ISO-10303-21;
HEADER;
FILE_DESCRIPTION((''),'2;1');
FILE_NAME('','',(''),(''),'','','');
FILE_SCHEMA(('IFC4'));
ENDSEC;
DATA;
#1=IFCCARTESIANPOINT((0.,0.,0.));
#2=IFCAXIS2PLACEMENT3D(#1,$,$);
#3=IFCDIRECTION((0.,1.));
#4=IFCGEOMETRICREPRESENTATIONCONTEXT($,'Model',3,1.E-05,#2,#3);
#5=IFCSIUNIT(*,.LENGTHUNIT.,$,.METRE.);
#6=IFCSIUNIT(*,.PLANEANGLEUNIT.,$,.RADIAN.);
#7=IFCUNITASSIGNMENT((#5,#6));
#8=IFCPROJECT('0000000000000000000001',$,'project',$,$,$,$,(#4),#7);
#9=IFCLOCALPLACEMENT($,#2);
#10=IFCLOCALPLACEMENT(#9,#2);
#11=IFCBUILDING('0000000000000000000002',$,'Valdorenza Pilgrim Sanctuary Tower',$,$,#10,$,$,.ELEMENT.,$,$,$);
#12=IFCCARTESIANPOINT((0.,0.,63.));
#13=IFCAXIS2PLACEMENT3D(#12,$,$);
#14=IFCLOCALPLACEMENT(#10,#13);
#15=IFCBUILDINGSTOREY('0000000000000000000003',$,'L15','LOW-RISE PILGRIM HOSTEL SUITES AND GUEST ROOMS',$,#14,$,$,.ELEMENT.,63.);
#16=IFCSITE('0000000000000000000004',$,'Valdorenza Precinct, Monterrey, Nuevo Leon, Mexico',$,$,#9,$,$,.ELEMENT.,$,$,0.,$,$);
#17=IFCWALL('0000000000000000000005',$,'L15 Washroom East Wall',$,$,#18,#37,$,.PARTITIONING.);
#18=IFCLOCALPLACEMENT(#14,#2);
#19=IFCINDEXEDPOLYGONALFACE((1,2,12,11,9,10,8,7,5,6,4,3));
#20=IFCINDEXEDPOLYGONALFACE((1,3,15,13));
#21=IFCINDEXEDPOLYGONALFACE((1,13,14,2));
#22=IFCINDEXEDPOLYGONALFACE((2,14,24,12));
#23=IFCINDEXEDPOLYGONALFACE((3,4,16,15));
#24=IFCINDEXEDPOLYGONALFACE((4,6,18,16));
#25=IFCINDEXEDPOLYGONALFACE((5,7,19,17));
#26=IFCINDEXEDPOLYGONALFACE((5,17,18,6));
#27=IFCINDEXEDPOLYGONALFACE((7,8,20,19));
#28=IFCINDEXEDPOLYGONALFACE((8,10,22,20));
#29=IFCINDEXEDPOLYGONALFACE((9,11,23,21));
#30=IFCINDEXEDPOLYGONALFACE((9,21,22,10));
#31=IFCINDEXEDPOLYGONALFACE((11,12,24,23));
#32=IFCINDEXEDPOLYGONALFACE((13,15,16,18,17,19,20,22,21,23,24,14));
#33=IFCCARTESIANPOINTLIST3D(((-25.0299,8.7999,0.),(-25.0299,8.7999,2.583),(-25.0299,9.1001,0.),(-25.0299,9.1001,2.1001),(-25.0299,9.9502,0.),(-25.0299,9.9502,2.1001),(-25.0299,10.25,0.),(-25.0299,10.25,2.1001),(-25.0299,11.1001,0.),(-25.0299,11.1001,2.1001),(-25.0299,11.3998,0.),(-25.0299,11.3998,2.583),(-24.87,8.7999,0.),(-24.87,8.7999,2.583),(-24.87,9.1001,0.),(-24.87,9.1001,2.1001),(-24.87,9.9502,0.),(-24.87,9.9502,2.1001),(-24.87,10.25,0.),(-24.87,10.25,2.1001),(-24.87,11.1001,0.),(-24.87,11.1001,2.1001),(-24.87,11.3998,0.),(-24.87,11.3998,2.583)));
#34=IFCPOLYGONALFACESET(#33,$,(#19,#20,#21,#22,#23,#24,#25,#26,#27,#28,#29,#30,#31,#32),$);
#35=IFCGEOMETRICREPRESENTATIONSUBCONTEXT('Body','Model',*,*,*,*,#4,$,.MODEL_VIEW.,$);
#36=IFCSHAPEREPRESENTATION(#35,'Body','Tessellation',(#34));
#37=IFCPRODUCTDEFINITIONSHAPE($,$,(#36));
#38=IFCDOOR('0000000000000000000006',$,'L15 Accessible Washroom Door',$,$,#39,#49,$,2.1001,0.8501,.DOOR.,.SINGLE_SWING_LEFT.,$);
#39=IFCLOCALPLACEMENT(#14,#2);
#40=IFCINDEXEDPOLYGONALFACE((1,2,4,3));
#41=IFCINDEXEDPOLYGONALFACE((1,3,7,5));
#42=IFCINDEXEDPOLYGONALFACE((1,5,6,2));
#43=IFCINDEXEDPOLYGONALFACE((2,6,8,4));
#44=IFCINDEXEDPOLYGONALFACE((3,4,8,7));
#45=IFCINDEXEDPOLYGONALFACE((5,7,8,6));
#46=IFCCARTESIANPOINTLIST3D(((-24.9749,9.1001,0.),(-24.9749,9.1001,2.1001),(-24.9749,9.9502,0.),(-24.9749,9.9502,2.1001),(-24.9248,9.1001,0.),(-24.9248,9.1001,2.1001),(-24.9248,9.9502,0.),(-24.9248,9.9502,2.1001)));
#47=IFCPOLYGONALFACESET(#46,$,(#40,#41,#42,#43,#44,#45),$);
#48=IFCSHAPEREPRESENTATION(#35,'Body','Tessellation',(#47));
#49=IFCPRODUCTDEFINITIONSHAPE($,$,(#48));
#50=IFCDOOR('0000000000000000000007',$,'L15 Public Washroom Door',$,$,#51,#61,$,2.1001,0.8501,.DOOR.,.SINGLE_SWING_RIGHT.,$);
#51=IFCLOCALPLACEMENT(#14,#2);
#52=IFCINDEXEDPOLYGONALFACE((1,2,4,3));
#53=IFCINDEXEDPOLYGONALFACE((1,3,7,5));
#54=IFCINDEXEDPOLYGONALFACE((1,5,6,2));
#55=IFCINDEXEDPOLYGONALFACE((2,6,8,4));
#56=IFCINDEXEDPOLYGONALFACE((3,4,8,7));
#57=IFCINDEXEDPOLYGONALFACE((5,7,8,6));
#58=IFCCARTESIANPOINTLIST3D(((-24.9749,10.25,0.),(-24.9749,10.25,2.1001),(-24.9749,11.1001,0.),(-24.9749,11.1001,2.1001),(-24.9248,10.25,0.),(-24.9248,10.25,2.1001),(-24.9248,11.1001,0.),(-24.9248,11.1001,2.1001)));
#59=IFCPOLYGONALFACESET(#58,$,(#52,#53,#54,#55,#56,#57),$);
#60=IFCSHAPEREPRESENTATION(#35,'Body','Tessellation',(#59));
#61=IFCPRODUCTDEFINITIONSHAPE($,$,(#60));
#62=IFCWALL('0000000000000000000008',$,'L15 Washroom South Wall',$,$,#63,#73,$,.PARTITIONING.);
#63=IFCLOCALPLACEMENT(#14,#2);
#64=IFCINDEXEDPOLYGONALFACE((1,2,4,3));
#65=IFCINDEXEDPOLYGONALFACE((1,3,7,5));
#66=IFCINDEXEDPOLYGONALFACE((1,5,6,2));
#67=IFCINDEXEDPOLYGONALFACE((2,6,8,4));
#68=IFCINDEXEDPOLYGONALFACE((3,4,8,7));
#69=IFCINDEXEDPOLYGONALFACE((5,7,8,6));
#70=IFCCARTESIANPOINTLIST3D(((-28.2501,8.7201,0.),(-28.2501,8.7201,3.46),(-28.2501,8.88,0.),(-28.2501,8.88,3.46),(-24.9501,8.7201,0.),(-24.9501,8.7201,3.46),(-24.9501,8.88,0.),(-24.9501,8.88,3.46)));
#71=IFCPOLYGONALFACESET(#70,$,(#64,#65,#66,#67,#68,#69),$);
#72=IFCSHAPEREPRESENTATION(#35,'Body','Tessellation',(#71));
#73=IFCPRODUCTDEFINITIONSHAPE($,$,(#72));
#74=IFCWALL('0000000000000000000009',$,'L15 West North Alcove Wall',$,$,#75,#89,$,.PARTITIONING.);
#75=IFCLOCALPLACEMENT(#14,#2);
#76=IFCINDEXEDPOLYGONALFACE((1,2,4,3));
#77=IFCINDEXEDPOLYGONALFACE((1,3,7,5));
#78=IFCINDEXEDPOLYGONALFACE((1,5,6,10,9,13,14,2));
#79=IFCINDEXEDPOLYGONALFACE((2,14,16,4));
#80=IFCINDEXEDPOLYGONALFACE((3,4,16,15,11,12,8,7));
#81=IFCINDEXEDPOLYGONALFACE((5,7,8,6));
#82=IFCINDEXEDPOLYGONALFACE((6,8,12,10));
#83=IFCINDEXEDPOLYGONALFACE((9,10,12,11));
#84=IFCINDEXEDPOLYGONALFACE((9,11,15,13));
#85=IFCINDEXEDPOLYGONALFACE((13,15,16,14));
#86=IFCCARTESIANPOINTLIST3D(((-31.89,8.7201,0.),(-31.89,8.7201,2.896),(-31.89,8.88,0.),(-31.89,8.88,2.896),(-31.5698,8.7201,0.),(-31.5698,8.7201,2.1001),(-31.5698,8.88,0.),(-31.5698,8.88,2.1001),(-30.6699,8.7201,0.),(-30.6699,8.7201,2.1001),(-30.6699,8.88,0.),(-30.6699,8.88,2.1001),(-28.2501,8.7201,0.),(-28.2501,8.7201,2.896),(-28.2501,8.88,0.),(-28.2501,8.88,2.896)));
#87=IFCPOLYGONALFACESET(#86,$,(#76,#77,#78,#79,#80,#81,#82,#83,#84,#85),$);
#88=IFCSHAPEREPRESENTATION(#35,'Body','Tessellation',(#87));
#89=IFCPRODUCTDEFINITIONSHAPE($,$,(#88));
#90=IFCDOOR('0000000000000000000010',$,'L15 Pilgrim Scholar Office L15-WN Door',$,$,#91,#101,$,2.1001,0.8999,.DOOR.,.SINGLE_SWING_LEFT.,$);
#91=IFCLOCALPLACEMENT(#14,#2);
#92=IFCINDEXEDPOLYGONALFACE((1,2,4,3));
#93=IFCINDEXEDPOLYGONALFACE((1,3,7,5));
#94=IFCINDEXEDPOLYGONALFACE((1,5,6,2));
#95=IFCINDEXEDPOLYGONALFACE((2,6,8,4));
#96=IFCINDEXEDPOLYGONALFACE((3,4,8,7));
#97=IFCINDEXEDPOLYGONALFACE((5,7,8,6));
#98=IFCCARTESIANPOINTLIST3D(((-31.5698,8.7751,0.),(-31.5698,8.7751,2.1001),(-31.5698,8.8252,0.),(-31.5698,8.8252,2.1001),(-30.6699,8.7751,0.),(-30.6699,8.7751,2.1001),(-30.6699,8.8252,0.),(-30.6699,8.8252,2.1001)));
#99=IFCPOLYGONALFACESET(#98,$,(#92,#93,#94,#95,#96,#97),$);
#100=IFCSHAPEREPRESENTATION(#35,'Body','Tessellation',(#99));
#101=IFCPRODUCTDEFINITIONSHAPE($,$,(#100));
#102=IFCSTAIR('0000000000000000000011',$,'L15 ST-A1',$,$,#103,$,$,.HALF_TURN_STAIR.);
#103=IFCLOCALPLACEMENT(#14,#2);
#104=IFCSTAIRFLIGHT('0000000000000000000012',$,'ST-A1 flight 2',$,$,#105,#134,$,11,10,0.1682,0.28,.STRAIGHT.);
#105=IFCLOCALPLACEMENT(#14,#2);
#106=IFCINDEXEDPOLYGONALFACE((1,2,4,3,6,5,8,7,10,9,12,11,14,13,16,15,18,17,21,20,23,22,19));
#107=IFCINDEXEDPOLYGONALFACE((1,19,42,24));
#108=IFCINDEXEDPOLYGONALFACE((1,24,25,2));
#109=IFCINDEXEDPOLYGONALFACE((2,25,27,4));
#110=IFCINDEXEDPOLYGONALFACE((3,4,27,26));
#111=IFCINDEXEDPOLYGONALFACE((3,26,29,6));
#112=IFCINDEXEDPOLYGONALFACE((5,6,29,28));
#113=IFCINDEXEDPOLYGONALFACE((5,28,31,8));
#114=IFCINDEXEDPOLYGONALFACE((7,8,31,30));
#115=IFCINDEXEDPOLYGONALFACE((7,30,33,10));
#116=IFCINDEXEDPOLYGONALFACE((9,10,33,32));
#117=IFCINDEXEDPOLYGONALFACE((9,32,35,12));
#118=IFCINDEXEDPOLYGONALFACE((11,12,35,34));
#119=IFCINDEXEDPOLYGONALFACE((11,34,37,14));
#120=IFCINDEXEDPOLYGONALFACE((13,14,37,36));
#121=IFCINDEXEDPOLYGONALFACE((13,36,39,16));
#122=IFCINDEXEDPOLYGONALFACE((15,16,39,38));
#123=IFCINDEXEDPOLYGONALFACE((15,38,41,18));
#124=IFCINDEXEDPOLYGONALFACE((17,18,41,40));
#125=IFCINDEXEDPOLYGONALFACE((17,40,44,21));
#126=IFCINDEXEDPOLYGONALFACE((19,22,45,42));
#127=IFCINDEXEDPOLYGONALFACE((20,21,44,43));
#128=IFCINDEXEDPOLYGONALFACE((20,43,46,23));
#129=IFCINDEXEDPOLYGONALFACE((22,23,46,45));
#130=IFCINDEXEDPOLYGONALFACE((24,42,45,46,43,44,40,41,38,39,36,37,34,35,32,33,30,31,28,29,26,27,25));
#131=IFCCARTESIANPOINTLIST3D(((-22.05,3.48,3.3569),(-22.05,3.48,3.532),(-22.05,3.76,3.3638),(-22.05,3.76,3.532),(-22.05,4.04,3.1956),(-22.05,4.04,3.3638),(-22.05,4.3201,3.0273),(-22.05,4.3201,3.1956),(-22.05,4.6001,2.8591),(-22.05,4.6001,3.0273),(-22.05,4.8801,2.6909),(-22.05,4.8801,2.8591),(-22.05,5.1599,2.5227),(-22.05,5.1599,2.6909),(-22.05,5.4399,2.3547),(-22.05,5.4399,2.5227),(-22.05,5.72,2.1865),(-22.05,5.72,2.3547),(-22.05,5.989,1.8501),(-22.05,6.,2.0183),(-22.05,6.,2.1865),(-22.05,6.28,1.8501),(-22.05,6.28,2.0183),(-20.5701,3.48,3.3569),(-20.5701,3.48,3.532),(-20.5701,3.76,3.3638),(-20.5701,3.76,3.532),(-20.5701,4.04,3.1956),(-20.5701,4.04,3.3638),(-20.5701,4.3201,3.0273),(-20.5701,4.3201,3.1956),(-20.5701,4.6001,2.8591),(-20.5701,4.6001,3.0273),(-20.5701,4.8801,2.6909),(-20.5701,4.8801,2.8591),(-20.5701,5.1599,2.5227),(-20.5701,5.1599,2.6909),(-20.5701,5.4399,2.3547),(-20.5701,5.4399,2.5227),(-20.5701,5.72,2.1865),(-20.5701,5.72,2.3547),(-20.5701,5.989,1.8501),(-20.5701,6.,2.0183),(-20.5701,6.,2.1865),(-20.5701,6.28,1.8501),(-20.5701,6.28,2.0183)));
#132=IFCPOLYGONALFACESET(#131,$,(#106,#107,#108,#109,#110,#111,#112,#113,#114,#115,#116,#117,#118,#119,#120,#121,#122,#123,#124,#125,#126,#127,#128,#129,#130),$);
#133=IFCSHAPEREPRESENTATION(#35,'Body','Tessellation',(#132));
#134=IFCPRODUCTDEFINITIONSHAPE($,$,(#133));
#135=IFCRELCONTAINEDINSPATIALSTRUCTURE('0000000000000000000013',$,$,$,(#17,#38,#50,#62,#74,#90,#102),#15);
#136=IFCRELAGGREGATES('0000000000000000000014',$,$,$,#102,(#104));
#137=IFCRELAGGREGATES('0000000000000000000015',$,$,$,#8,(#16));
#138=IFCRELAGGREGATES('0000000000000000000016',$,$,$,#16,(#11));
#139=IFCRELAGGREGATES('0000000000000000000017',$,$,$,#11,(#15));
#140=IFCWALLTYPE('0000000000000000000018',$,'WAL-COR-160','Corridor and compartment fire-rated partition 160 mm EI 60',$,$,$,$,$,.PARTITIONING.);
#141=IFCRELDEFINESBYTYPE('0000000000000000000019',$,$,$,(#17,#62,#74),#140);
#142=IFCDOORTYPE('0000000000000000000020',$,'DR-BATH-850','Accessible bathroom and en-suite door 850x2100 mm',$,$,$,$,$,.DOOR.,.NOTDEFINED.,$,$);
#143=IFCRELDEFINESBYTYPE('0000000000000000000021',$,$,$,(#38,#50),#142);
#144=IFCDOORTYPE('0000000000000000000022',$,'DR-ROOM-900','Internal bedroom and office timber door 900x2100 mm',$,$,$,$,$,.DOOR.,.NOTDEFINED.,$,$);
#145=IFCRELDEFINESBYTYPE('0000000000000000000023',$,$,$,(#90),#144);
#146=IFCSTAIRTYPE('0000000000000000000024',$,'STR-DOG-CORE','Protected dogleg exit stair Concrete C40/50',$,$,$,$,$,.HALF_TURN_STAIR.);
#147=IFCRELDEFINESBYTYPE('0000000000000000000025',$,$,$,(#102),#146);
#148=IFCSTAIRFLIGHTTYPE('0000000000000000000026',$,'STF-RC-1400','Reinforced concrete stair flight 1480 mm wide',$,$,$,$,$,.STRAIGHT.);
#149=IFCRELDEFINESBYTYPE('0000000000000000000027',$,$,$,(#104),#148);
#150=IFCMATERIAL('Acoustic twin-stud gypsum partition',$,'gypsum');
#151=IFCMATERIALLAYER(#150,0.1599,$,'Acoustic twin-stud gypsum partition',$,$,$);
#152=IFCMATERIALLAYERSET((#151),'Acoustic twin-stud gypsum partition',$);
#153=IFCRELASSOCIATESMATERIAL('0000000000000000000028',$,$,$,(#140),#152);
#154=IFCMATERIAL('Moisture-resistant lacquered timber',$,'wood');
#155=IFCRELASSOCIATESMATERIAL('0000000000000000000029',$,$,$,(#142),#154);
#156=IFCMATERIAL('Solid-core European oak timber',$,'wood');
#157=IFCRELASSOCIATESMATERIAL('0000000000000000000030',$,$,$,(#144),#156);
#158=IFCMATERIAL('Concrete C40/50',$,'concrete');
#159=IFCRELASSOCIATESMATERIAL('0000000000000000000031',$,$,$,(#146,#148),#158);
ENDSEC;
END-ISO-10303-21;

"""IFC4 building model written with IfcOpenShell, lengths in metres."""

from ifc_helpers import new_model, si_unit, direction, frame, frame_2d, origin, place, context, subcontext, project, spatial, polyline, rectangle, outline, extrude, material, layer, layer_set, type_object, element, fill, aggregate, save


model = new_model("IFC4")

# Units and contexts
model_context = context("Model", 3, precision=1e-05, world=origin(), true_north=direction((0.0, 1.0)))
body_context = subcontext(model_context, "Body", "Model", "MODEL_VIEW")
ifc_project = project(units=[si_unit("LENGTHUNIT", "METRE"), si_unit("PLANEANGLEUNIT", "RADIAN")], contexts=[model_context])

# Site, building, storey
site_placement = place(None, origin())
site = spatial("IfcSite", under=ifc_project, at=site_placement, Name="Valdorenza Precinct, Monterrey, Nuevo Leon, Mexico", CompositionType="ELEMENT", RefElevation=0.0)
building_placement = place(site_placement, origin())
building = spatial("IfcBuilding", under=site, at=building_placement, Name="Valdorenza Pilgrim Sanctuary Tower", CompositionType="ELEMENT")
storey_placement = place(building_placement, frame((0.0, 0.0, 63.0)))
storey = spatial("IfcBuildingStorey", under=building, at=storey_placement, Name="L15", Description="LOW-RISE PILGRIM HOSTEL SUITES AND GUEST ROOMS", CompositionType="ELEMENT", Elevation=63.0)

# Shared definitions
ifc_material_1 = material(Name="Acoustic twin-stud gypsum partition", Category="gypsum")
ifc_layer_1 = layer(ifc_material_1, 0.1599, Name="Acoustic twin-stud gypsum partition")
ifc_layer_set_1 = layer_set([ifc_layer_1], Name="Acoustic twin-stud gypsum partition")
wall_type = type_object("IfcWallType", Name="WAL-COR-160", Description="Corridor and compartment fire-rated partition 160 mm EI 60", PredefinedType="PARTITIONING", material=ifc_layer_set_1)

# Wall, openings, doors
wall_1_placement = place(storey_placement, frame((-24.95, 8.8, 0.0), z_axis=(0.0, 0.0, 1.0), x_axis=(0.0, 1.0, 0.0)))
wall_1 = element("IfcWall", 1, at=wall_1_placement, inside=storey, type_object=wall_type, Name="L15 Washroom East Wall", PredefinedType="PARTITIONING", context=body_context, shape_type="SweptSolid", body=[
    extrude(rectangle(XDim=2.5999, YDim=0.1599, at=frame_2d((1.2998, 0.0))), origin(), (0.0, 0.0, 1.0), 2.583),
])
opening_1_placement = place(wall_1_placement, frame((0.3, 0.0, 0.0)))
opening_1 = element("IfcOpeningElement", 2, at=opening_1_placement, cuts=wall_1, PredefinedType="OPENING", context=body_context, shape_type="SweptSolid", body=[
    extrude(rectangle(XDim=0.8501, YDim=2.1001, at=frame_2d((0.425, 1.05))), frame((0.0, 0.0947, 0.0), z_axis=(0.0, -1.0, 0.0), x_axis=(1.0, 0.0, 0.0)), (0.0, 0.0, 1.0), 0.1897),
])
opening_2_placement = place(wall_1_placement, frame((1.45, 0.0, 0.0)))
opening_2 = element("IfcOpeningElement", 3, at=opening_2_placement, cuts=wall_1, PredefinedType="OPENING", context=body_context, shape_type="SweptSolid", body=[
    extrude(rectangle(XDim=0.8501, YDim=2.1001, at=frame_2d((0.425, 1.05))), frame((0.0, 0.0947, 0.0), z_axis=(0.0, -1.0, 0.0), x_axis=(1.0, 0.0, 0.0)), (0.0, 0.0, 1.0), 0.1897),
])
ifc_material_2 = material(Name="Moisture-resistant lacquered timber", Category="wood")
door_type_1 = type_object("IfcDoorType", Name="DR-BATH-850", Description="Accessible bathroom and en-suite door 850x2100 mm", OperationType="NOTDEFINED", PredefinedType="DOOR", material=ifc_material_2)
door_1_placement = place(opening_1_placement, origin())
door_1 = element("IfcDoor", 4, at=door_1_placement, inside=storey, type_object=door_type_1, Name="L15 Accessible Washroom Door", OperationType="SINGLE_SWING_LEFT", OverallHeight=2.1001, OverallWidth=0.8501, PredefinedType="DOOR", context=body_context, shape_type="SweptSolid", body=[
    extrude(rectangle(XDim=0.8501, YDim=2.1001, at=frame_2d((0.425, 1.05))), frame((0.0, 0.0249, 0.0), z_axis=(0.0, -1.0, 0.0), x_axis=(1.0, 0.0, 0.0)), (0.0, 0.0, 1.0), 0.05),
])
fill(opening_1, door_1)
door_2_placement = place(opening_2_placement, origin())
door_2 = element("IfcDoor", 5, at=door_2_placement, inside=storey, type_object=door_type_1, Name="L15 Public Washroom Door", OperationType="SINGLE_SWING_RIGHT", OverallHeight=2.1001, OverallWidth=0.8501, PredefinedType="DOOR", context=body_context, shape_type="SweptSolid", body=[
    extrude(rectangle(XDim=0.8501, YDim=2.1001, at=frame_2d((0.425, 1.05))), frame((0.0, 0.0249, 0.0), z_axis=(0.0, -1.0, 0.0), x_axis=(1.0, 0.0, 0.0)), (0.0, 0.0, 1.0), 0.05),
])
fill(opening_2, door_2)

# Wall
wall_2_placement = place(storey_placement, frame((-28.25, 8.8, 0.0), z_axis=(0.0, 0.0, 1.0), x_axis=(1.0, 0.0, 0.0)))
element("IfcWall", 6, at=wall_2_placement, inside=storey, type_object=wall_type, Name="L15 Washroom South Wall", PredefinedType="PARTITIONING", context=body_context, shape_type="SweptSolid", body=[
    extrude(rectangle(XDim=3.3, YDim=0.1599, at=frame_2d((1.6499, 0.0))), origin(), (0.0, 0.0, 1.0), 3.46),
])

# Wall, opening, door
wall_3_placement = place(storey_placement, frame((-31.8899, 8.8, 0.0), z_axis=(0.0, 0.0, 1.0), x_axis=(1.0, 0.0, 0.0)))
wall_3 = element("IfcWall", 7, at=wall_3_placement, inside=storey, type_object=wall_type, Name="L15 West North Alcove Wall", PredefinedType="PARTITIONING", context=body_context, shape_type="SweptSolid", body=[
    extrude(rectangle(XDim=3.6399, YDim=0.1599, at=frame_2d((1.8198, 0.0))), origin(), (0.0, 0.0, 1.0), 2.896),
])
opening_3_placement = place(wall_3_placement, frame((0.3201, 0.0, 0.0)))
opening_3 = element("IfcOpeningElement", 8, at=opening_3_placement, cuts=wall_3, PredefinedType="OPENING", context=body_context, shape_type="SweptSolid", body=[
    extrude(rectangle(XDim=0.8999, YDim=2.1001, at=frame_2d((0.45, 1.05))), frame((0.0, 0.0947, 0.0), z_axis=(0.0, -1.0, 0.0), x_axis=(1.0, 0.0, 0.0)), (0.0, 0.0, 1.0), 0.1897),
])
ifc_material_3 = material(Name="Solid-core European oak timber", Category="wood")
door_type_2 = type_object("IfcDoorType", Name="DR-ROOM-900", Description="Internal bedroom and office timber door 900x2100 mm", OperationType="NOTDEFINED", PredefinedType="DOOR", material=ifc_material_3)
door_3_placement = place(opening_3_placement, frame((0.8999, 0.0, 0.0), z_axis=(0.0, 0.0, 1.0), x_axis=(-1.0, 0.0, 0.0)))
door_3 = element("IfcDoor", 9, at=door_3_placement, inside=storey, type_object=door_type_2, Name="L15 Pilgrim Scholar Office L15-WN Door", OperationType="SINGLE_SWING_LEFT", OverallHeight=2.1001, OverallWidth=0.8999, PredefinedType="DOOR", context=body_context, shape_type="SweptSolid", body=[
    extrude(rectangle(XDim=0.8999, YDim=2.1001, at=frame_2d((0.45, 1.05))), frame((0.0, 0.0249, 0.0), z_axis=(0.0, -1.0, 0.0), x_axis=(1.0, 0.0, 0.0)), (0.0, 0.0, 1.0), 0.05),
])
fill(opening_3, door_3)

# Stair, stair flight
ifc_material_4 = material(Name="Concrete C40/50", Category="concrete")
stair_type = type_object("IfcStairType", Name="STR-DOG-CORE", Description="Protected dogleg exit stair Concrete C40/50", PredefinedType="HALF_TURN_STAIR", material=ifc_material_4)
stair_placement = place(storey_placement, origin())
stair = element("IfcStair", 10, at=stair_placement, inside=storey, type_object=stair_type, Name="L15 ST-A1", PredefinedType="HALF_TURN_STAIR")
stair_flight_type = type_object("IfcStairFlightType", Name="STF-RC-1400", Description="Reinforced concrete stair flight 1480 mm wide", PredefinedType="STRAIGHT", material=ifc_material_4)
stair_flight_placement = place(storey_placement, frame((-21.3101, 6.28, 1.8501), z_axis=(0.0, 0.0, 1.0), x_axis=(0.0, -1.0, 0.0)))
stair_flight = element("IfcStairFlight", 11, at=stair_flight_placement, type_object=stair_flight_type, Name="ST-A1 flight 2", NumberOfRisers=11, NumberOfTreads=10, PredefinedType="STRAIGHT", RiserHeight=0.1682, TreadLength=0.28, context=body_context, shape_type="SweptSolid", body=[
    extrude(outline(polyline([(0.0, 0.0), (0.0, 0.1682), (0.28, 0.1682), (0.28, 0.3364), (0.5601, 0.3364), (0.5601, 0.5046), (0.8401, 0.5046), (0.8401, 0.6726), (1.1201, 0.6726), (1.1201, 0.8408), (1.3999, 0.8408), (1.3999, 1.009), (1.6799, 1.009), (1.6799, 1.1772), (1.96, 1.1772), (1.96, 1.3455), (2.24, 1.3455), (2.24, 1.5137), (2.52, 1.5137), (2.52, 1.6819), (2.8, 1.6819), (2.8, 1.8501), (2.8, 1.5068), (0.291, 0.0), (0.0, 0.0)])), frame((0.0, 0.74, 0.0), z_axis=(0.0, -1.0, 0.0), x_axis=(1.0, 0.0, 0.0)), (0.0, 0.0, 1.0), 1.48),
])
aggregate(stair, [stair_flight])

save(model, "model.ifc")
